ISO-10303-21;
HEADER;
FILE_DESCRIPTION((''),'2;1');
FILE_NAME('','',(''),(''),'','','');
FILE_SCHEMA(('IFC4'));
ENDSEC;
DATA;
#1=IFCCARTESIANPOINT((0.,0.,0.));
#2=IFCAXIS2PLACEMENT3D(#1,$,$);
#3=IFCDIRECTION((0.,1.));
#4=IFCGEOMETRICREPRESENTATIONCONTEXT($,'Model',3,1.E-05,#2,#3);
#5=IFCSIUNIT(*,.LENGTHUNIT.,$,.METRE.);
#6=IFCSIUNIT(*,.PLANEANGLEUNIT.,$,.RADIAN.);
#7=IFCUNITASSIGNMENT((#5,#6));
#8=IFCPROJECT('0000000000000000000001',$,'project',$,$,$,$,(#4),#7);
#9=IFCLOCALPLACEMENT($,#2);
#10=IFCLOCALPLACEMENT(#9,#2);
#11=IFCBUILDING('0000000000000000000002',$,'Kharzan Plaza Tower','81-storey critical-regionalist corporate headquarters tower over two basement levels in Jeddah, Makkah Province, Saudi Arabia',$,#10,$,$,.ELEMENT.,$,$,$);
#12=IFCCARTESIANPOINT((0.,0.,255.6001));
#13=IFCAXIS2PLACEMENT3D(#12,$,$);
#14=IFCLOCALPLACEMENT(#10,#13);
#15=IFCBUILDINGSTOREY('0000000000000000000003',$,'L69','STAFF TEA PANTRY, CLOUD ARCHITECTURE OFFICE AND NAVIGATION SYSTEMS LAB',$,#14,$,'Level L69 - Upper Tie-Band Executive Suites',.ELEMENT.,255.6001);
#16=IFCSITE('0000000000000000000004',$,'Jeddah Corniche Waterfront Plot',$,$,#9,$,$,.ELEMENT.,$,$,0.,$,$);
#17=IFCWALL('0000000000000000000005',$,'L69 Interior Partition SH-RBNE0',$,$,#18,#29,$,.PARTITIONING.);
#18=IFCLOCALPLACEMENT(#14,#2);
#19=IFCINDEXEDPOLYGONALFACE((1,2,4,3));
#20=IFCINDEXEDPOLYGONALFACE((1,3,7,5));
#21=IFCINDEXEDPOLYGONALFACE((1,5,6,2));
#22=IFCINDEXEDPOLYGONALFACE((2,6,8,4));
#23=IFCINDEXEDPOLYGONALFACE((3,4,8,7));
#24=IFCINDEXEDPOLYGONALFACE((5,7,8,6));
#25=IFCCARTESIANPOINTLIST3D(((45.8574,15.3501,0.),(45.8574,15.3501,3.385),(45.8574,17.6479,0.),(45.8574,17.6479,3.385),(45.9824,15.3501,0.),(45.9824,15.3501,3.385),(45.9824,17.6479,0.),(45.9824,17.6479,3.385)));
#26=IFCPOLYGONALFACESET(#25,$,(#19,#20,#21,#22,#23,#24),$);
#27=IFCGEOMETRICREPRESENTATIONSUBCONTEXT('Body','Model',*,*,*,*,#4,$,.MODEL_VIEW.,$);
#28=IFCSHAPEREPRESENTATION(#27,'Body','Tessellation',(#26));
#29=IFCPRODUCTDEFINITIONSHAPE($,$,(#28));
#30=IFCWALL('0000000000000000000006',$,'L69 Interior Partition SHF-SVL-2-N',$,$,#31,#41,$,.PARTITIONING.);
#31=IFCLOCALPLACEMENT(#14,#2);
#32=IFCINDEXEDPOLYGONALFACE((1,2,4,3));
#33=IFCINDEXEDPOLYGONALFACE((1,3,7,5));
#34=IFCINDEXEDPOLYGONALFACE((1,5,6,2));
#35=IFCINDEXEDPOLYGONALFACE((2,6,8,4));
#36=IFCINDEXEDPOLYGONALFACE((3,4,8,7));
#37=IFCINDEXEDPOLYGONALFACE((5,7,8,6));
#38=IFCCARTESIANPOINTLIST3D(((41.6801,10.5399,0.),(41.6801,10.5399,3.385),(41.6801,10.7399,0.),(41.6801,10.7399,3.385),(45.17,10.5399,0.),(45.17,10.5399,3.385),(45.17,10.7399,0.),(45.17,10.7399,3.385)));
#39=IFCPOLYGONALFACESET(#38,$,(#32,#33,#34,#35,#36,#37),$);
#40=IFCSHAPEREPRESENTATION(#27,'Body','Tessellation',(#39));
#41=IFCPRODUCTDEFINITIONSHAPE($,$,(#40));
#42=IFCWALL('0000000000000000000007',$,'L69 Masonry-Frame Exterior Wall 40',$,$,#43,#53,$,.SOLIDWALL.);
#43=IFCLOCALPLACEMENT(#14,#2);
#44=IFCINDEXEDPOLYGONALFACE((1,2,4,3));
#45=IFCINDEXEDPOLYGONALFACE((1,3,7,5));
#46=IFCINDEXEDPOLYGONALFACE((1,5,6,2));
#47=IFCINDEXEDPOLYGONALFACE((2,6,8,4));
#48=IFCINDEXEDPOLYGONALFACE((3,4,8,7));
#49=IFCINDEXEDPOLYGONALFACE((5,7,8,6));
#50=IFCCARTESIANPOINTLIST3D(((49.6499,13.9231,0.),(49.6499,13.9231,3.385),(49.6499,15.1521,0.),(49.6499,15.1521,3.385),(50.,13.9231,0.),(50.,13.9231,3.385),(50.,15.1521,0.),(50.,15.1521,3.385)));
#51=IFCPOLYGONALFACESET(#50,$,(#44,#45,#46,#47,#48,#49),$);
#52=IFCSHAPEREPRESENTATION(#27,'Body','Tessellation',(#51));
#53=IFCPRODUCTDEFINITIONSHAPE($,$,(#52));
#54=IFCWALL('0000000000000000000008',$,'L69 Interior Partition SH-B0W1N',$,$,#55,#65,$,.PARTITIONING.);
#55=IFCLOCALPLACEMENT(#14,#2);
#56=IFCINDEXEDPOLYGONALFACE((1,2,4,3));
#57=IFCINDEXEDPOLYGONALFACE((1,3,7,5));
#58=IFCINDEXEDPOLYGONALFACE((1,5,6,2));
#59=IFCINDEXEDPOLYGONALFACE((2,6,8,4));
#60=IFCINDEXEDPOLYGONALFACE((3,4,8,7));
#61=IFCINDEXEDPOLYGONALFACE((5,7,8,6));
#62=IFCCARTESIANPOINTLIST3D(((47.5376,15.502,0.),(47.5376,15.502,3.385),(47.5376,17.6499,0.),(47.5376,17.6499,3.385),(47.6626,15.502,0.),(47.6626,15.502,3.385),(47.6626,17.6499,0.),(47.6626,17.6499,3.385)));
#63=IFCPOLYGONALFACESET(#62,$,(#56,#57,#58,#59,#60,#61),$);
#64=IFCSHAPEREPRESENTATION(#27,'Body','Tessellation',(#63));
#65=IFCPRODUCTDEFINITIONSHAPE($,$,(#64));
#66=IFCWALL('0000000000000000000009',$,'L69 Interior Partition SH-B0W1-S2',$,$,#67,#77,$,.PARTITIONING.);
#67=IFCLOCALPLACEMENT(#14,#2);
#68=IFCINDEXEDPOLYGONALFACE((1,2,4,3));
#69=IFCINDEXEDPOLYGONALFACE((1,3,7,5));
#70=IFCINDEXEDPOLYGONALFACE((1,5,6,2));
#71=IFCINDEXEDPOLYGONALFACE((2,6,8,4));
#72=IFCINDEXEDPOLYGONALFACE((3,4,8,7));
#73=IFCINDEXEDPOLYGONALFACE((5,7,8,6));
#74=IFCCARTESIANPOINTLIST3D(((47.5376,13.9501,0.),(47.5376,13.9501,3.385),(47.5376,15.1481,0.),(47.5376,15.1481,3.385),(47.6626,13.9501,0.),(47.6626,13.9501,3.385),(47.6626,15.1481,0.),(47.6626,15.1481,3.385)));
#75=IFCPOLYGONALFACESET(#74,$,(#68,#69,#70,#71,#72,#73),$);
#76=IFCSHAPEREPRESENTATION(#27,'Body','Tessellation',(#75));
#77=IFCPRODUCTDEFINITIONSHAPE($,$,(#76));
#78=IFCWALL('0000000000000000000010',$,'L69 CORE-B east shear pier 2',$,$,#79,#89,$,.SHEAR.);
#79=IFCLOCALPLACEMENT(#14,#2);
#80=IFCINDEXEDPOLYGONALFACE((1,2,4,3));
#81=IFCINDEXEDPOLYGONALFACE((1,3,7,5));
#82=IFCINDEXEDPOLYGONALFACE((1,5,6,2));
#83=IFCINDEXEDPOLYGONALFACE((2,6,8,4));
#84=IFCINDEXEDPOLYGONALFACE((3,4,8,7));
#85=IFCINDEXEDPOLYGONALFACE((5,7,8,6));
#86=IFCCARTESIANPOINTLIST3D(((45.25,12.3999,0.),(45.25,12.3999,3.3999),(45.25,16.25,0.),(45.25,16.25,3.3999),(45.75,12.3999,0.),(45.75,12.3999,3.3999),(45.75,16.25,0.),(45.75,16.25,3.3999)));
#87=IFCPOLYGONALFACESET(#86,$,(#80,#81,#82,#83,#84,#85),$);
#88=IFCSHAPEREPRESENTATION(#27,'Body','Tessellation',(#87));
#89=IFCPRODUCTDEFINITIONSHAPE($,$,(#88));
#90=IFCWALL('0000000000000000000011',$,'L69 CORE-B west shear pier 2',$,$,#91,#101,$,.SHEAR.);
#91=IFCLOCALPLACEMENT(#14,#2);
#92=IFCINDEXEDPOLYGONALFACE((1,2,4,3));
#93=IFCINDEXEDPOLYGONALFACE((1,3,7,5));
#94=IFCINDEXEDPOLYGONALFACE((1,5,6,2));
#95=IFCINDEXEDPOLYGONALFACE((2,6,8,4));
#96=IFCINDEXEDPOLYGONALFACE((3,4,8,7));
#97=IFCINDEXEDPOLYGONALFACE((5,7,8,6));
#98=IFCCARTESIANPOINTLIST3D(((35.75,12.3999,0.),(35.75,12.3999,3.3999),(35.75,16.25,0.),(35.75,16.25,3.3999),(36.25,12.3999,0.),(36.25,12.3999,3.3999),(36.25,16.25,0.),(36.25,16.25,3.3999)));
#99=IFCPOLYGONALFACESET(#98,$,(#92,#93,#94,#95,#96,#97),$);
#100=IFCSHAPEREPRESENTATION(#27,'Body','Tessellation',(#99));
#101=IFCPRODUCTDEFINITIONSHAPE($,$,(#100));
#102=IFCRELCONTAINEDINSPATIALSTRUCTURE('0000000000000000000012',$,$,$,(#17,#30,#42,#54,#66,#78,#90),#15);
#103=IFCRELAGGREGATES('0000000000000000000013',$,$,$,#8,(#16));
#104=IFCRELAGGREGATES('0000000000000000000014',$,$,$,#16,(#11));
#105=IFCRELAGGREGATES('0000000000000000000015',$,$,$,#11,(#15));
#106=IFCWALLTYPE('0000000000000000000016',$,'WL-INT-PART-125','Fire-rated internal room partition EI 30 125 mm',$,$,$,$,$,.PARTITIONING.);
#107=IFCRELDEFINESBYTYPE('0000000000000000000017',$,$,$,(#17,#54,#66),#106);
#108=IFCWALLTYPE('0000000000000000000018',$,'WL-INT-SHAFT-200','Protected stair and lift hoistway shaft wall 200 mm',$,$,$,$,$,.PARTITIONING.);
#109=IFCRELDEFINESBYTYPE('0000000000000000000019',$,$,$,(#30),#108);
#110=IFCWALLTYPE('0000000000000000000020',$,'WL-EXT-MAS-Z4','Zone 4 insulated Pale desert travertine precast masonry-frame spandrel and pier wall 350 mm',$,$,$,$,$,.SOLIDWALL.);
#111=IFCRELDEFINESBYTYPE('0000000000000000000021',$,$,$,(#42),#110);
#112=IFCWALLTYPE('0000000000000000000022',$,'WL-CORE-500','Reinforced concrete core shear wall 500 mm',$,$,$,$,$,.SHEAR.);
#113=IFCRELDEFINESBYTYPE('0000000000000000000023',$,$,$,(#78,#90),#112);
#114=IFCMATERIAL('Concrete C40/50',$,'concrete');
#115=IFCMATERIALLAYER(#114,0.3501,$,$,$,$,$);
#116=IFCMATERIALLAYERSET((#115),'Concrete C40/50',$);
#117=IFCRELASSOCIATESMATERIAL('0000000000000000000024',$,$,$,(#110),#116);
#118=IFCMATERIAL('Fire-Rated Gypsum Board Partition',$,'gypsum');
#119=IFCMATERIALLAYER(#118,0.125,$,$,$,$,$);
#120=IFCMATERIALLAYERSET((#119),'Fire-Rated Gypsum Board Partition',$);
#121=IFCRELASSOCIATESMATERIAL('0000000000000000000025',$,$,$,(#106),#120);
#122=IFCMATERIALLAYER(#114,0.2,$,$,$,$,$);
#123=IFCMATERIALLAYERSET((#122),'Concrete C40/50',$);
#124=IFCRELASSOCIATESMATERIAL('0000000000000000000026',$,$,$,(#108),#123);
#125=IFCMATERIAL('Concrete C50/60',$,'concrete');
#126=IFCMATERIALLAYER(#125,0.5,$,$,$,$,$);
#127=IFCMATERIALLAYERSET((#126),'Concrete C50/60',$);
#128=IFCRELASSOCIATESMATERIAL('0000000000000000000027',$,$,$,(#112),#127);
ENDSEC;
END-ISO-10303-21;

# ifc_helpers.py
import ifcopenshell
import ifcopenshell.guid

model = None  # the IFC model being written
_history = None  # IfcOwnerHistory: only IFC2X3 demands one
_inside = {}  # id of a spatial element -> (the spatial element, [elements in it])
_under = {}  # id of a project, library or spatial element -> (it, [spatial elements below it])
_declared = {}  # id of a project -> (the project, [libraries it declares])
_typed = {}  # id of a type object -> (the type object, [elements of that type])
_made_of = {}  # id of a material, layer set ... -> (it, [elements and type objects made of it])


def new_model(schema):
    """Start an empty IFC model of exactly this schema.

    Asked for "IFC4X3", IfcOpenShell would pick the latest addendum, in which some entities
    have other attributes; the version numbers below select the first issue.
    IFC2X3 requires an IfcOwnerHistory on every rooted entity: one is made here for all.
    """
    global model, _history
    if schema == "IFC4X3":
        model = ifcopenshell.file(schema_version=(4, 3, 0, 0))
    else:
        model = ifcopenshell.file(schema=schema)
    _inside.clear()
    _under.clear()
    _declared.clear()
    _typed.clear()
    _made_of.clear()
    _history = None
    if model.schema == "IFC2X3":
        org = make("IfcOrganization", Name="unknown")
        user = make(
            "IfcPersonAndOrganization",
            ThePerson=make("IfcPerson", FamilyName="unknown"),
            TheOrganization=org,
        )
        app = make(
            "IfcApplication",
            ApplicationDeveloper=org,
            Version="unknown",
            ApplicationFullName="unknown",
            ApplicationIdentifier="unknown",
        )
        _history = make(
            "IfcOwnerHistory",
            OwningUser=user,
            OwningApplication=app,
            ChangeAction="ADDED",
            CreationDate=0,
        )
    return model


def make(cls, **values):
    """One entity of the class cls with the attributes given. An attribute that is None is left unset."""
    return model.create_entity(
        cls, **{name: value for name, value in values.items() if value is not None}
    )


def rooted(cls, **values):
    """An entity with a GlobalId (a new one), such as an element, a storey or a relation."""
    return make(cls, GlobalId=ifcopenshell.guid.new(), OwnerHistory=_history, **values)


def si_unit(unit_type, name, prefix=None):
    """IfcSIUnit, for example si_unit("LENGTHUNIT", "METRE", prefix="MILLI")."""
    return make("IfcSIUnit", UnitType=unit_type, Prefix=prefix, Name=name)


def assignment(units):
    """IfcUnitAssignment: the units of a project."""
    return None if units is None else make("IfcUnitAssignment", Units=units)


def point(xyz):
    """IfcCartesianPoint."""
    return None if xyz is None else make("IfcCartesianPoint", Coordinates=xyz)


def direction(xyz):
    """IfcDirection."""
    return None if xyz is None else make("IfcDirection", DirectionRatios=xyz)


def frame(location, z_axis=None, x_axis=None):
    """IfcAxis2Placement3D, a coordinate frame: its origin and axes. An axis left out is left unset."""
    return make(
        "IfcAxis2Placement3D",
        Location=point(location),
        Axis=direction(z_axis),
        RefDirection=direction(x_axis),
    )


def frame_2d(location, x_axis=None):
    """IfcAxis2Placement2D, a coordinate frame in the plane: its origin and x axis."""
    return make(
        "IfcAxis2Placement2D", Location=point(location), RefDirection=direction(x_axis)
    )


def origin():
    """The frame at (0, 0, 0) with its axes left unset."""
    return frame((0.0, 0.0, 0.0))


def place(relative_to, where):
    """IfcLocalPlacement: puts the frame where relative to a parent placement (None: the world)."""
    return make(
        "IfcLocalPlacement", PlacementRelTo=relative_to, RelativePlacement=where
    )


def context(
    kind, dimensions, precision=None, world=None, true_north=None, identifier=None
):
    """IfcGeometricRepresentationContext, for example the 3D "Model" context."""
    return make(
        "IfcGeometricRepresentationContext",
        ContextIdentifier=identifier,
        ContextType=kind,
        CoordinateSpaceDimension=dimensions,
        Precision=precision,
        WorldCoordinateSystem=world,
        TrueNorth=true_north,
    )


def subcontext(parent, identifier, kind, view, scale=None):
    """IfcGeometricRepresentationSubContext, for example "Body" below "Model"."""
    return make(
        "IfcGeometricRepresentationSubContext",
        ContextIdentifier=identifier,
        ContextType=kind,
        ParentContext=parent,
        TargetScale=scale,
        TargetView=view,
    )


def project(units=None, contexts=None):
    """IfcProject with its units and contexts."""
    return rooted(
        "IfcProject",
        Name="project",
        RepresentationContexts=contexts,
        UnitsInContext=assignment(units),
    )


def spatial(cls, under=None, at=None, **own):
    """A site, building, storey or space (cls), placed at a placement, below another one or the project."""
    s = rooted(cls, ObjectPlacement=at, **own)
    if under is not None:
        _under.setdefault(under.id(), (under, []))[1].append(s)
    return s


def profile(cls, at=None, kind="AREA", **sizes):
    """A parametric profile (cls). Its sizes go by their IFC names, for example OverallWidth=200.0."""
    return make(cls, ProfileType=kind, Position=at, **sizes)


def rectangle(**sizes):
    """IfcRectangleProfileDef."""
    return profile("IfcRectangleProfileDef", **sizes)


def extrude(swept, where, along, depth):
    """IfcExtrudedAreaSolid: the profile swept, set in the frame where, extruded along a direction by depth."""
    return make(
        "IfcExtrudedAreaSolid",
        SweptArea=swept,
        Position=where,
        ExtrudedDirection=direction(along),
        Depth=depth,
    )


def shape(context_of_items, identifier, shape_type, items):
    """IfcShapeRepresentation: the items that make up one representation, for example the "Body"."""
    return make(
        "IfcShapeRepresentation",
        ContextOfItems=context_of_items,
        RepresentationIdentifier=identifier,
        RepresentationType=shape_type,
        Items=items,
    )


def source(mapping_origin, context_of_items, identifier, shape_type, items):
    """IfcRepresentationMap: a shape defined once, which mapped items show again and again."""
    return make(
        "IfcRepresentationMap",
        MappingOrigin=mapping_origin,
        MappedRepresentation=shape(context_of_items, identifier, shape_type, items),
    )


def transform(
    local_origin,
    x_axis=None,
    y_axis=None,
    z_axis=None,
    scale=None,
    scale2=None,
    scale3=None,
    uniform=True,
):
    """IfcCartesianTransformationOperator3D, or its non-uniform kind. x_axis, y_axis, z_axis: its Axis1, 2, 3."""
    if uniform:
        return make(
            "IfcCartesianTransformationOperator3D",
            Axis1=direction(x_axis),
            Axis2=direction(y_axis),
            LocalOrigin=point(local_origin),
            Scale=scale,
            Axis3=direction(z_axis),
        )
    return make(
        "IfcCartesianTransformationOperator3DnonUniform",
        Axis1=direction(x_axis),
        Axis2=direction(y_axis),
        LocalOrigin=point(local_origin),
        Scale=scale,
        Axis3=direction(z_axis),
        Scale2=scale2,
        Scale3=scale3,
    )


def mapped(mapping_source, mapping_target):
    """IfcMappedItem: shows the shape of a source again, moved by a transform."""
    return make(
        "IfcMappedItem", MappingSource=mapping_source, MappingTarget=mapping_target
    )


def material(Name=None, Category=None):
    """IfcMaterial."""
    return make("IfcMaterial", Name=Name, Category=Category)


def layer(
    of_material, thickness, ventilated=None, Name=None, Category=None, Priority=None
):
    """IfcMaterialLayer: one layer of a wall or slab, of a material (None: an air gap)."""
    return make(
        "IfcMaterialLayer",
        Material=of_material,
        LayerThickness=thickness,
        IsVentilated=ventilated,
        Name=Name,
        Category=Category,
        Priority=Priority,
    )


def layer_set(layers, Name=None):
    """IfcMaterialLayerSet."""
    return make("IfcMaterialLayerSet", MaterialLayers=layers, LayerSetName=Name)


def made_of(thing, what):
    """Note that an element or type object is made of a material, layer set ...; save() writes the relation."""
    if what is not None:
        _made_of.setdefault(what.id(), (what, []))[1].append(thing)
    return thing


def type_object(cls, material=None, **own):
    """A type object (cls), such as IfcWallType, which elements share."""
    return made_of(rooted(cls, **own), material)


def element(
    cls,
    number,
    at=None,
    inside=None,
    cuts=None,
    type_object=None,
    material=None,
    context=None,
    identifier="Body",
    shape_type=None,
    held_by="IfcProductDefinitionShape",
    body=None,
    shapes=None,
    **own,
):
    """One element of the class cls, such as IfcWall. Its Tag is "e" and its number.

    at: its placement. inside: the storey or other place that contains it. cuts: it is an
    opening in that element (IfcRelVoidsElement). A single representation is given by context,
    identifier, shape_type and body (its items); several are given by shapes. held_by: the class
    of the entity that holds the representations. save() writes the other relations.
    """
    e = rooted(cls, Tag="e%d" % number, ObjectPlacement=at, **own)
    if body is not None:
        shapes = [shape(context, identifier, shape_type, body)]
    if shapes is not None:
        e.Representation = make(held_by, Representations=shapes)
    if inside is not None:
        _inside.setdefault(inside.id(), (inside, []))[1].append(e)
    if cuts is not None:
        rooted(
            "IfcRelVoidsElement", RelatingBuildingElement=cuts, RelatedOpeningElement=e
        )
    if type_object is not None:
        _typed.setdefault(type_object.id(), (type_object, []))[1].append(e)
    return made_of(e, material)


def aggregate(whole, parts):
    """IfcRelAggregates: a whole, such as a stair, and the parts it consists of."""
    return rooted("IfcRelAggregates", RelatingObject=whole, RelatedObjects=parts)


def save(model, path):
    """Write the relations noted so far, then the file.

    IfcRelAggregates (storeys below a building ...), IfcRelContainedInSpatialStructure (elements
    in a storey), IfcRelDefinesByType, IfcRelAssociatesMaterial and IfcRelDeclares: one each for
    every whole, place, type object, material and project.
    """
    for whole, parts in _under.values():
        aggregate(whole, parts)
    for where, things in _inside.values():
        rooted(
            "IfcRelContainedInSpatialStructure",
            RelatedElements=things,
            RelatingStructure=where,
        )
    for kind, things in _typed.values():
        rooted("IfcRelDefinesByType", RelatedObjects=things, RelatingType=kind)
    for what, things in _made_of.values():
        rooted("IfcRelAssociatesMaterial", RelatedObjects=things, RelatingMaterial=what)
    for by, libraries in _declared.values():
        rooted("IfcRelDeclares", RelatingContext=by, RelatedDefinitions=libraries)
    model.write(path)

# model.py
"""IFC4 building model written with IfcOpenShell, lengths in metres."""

from ifc_helpers import new_model, si_unit, direction, frame, frame_2d, origin, place, context, subcontext, project, spatial, rectangle, extrude, source, transform, mapped, material, layer, layer_set, type_object, element, save


model = new_model("IFC4")

# Units and contexts
model_context = context("Model", 3, precision=1e-05, world=origin(), true_north=direction((0.0, 1.0)))
body_context = subcontext(model_context, "Body", "Model", "MODEL_VIEW")
ifc_project = project(units=[si_unit("LENGTHUNIT", "METRE"), si_unit("PLANEANGLEUNIT", "RADIAN")], contexts=[model_context])

# Site, building, storey
site_placement = place(None, origin())
site = spatial("IfcSite", under=ifc_project, at=site_placement, Name="Jeddah Corniche Waterfront Plot", CompositionType="ELEMENT", RefElevation=0.0)
building_placement = place(site_placement, origin())
building = spatial("IfcBuilding", under=site, at=building_placement, Name="Kharzan Plaza Tower", Description="81-storey critical-regionalist corporate headquarters tower over two basement levels in Jeddah, Makkah Province, Saudi Arabia", CompositionType="ELEMENT")
storey_placement = place(building_placement, frame((0.0, 0.0, 255.6001)))
storey = spatial("IfcBuildingStorey", under=building, at=storey_placement, Name="L69", Description="STAFF TEA PANTRY, CLOUD ARCHITECTURE OFFICE AND NAVIGATION SYSTEMS LAB", LongName="Level L69 - Upper Tie-Band Executive Suites", CompositionType="ELEMENT", Elevation=255.6001)

# Shared definitions
ifc_material_1 = material(Name="Concrete C50/60", Category="concrete")

# Shared definitions
ifc_material_2 = material(Name="Concrete C40/50", Category="concrete")
ifc_layer_1 = layer(ifc_material_2, 0.3501)
ifc_layer_set_1 = layer_set([ifc_layer_1], Name="Concrete C40/50")
wall_type_1 = type_object("IfcWallType", Name="WL-EXT-MAS-Z4", Description="Zone 4 insulated Pale desert travertine precast masonry-frame spandrel and pier wall 350 mm", PredefinedType="SOLIDWALL", material=ifc_layer_set_1)

# Shared definitions
ifc_material_3 = material(Name="Fire-Rated Gypsum Board Partition", Category="gypsum")
ifc_layer_2 = layer(ifc_material_3, 0.125)
ifc_layer_set_2 = layer_set([ifc_layer_2], Name="Fire-Rated Gypsum Board Partition")
wall_type_2 = type_object("IfcWallType", Name="WL-INT-PART-125", Description="Fire-rated internal room partition EI 30 125 mm", PredefinedType="PARTITIONING", material=ifc_layer_set_2)
ifc_layer_3 = layer(ifc_material_2, 0.2)
ifc_layer_set_3 = layer_set([ifc_layer_3], Name="Concrete C40/50")
wall_type_3 = type_object("IfcWallType", Name="WL-INT-SHAFT-200", Description="Protected stair and lift hoistway shaft wall 200 mm", PredefinedType="PARTITIONING", material=ifc_layer_set_3)

# Walls
shared_shape_1 = source(origin(), body_context, "Body", "SweptSolid", [
    extrude(rectangle(XDim=2.2979, YDim=0.125, at=frame_2d((1.1489, 0.0))), origin(), (0.0, 0.0, 1.0), 3.385),
])
wall_1_placement = place(storey_placement, frame((45.9199, 15.3501, 0.0), z_axis=(0.0, 0.0, 1.0), x_axis=(0.0, 1.0, 0.0)))
element("IfcWall", 1, at=wall_1_placement, inside=storey, type_object=wall_type_2, Name="L69 Interior Partition SH-RBNE0", PredefinedType="PARTITIONING", context=body_context, shape_type="MappedRepresentation", body=[
    mapped(shared_shape_1, transform((0.0, 0.0, 0.0), x_axis=(1.0, 0.0, 0.0), y_axis=(0.0, 1.0, 0.0), z_axis=(0.0, 0.0, 1.0))),
])
shared_shape_2 = source(origin(), body_context, "Body", "SweptSolid", [
    extrude(rectangle(XDim=3.49, YDim=0.2, at=frame_2d((1.7451, 0.0))), origin(), (0.0, 0.0, 1.0), 3.385),
])
wall_2_placement = place(storey_placement, frame((41.6799, 10.6399, 0.0), z_axis=(0.0, 0.0, 1.0), x_axis=(1.0, 0.0, 0.0)))
element("IfcWall", 2, at=wall_2_placement, inside=storey, type_object=wall_type_3, Name="L69 Interior Partition SHF-SVL-2-N", PredefinedType="PARTITIONING", context=body_context, shape_type="MappedRepresentation", body=[
    mapped(shared_shape_2, transform((0.0, 0.0, 0.0), x_axis=(1.0, 0.0, 0.0), y_axis=(0.0, 1.0, 0.0), z_axis=(0.0, 0.0, 1.0))),
])
shared_shape_3 = source(origin(), body_context, "Body", "SweptSolid", [
    extrude(rectangle(XDim=1.229, YDim=0.3501, at=frame_2d((0.6145, 0.0))), origin(), (0.0, 0.0, 1.0), 3.385),
])
wall_3_placement = place(storey_placement, frame((49.825, 13.9231, 0.0), z_axis=(0.0, 0.0, 1.0), x_axis=(0.0, 1.0, 0.0)))
element("IfcWall", 3, at=wall_3_placement, inside=storey, type_object=wall_type_1, Name="L69 Masonry-Frame Exterior Wall 40", PredefinedType="SOLIDWALL", context=body_context, shape_type="MappedRepresentation", body=[
    mapped(shared_shape_3, transform((0.0, 0.0, 0.0), x_axis=(1.0, 0.0, 0.0), y_axis=(0.0, 1.0, 0.0), z_axis=(0.0, 0.0, 1.0))),
])
shared_shape_4 = source(origin(), body_context, "Body", "SweptSolid", [
    extrude(rectangle(XDim=2.1479, YDim=0.125, at=frame_2d((1.074, 0.0))), origin(), (0.0, 0.0, 1.0), 3.385),
])
wall_4_placement = place(storey_placement, frame((47.6001, 15.502, 0.0), z_axis=(0.0, 0.0, 1.0), x_axis=(0.0, 1.0, 0.0)))
element("IfcWall", 4, at=wall_4_placement, inside=storey, type_object=wall_type_2, Name="L69 Interior Partition SH-B0W1N", PredefinedType="PARTITIONING", context=body_context, shape_type="MappedRepresentation", body=[
    mapped(shared_shape_4, transform((0.0, 0.0, 0.0), x_axis=(1.0, 0.0, 0.0), y_axis=(0.0, 1.0, 0.0), z_axis=(0.0, 0.0, 1.0))),
])
shared_shape_5 = source(origin(), body_context, "Body", "SweptSolid", [
    extrude(rectangle(XDim=1.198, YDim=0.125, at=frame_2d((0.5991, 0.0))), origin(), (0.0, 0.0, 1.0), 3.385),
])
wall_5_placement = place(storey_placement, frame((47.6001, 13.95, 0.0), z_axis=(0.0, 0.0, 1.0), x_axis=(0.0, 1.0, 0.0)))
element("IfcWall", 5, at=wall_5_placement, inside=storey, type_object=wall_type_2, Name="L69 Interior Partition SH-B0W1-S2", PredefinedType="PARTITIONING", context=body_context, shape_type="MappedRepresentation", body=[
    mapped(shared_shape_5, transform((0.0, 0.0, 0.0), x_axis=(1.0, 0.0, 0.0), y_axis=(0.0, 1.0, 0.0), z_axis=(0.0, 0.0, 1.0))),
])
ifc_layer_4 = layer(ifc_material_1, 0.5)
ifc_layer_set_4 = layer_set([ifc_layer_4], Name="Concrete C50/60")
wall_type_4 = type_object("IfcWallType", Name="WL-CORE-500", Description="Reinforced concrete core shear wall 500 mm", PredefinedType="SHEAR", material=ifc_layer_set_4)
shared_shape_6 = source(origin(), body_context, "Body", "SweptSolid", [
    extrude(rectangle(XDim=3.8501, YDim=0.5, at=frame_2d((1.925, 0.0))), origin(), (0.0, 0.0, 1.0), 3.3999),
])
for number, where, z_axis, x_axis, name in (
    (6, (45.5, 12.3999, 0.0), (0.0, 0.0, 1.0), (0.0, 1.0, 0.0), "L69 CORE-B east shear pier 2"),
    (7, (36.0, 12.3999, 0.0), (0.0, 0.0, 1.0), (0.0, 1.0, 0.0), "L69 CORE-B west shear pier 2"),
):
    element("IfcWall", number, at=place(storey_placement, frame(where, z_axis=z_axis, x_axis=x_axis)), inside=storey, type_object=wall_type_4, Name=name, PredefinedType="SHEAR", context=body_context, shape_type="MappedRepresentation", body=[
        mapped(shared_shape_6, transform((0.0, 0.0, 0.0), x_axis=(1.0, 0.0, 0.0), y_axis=(0.0, 1.0, 0.0), z_axis=(0.0, 0.0, 1.0))),
    ])

save(model, "model.ifc")
